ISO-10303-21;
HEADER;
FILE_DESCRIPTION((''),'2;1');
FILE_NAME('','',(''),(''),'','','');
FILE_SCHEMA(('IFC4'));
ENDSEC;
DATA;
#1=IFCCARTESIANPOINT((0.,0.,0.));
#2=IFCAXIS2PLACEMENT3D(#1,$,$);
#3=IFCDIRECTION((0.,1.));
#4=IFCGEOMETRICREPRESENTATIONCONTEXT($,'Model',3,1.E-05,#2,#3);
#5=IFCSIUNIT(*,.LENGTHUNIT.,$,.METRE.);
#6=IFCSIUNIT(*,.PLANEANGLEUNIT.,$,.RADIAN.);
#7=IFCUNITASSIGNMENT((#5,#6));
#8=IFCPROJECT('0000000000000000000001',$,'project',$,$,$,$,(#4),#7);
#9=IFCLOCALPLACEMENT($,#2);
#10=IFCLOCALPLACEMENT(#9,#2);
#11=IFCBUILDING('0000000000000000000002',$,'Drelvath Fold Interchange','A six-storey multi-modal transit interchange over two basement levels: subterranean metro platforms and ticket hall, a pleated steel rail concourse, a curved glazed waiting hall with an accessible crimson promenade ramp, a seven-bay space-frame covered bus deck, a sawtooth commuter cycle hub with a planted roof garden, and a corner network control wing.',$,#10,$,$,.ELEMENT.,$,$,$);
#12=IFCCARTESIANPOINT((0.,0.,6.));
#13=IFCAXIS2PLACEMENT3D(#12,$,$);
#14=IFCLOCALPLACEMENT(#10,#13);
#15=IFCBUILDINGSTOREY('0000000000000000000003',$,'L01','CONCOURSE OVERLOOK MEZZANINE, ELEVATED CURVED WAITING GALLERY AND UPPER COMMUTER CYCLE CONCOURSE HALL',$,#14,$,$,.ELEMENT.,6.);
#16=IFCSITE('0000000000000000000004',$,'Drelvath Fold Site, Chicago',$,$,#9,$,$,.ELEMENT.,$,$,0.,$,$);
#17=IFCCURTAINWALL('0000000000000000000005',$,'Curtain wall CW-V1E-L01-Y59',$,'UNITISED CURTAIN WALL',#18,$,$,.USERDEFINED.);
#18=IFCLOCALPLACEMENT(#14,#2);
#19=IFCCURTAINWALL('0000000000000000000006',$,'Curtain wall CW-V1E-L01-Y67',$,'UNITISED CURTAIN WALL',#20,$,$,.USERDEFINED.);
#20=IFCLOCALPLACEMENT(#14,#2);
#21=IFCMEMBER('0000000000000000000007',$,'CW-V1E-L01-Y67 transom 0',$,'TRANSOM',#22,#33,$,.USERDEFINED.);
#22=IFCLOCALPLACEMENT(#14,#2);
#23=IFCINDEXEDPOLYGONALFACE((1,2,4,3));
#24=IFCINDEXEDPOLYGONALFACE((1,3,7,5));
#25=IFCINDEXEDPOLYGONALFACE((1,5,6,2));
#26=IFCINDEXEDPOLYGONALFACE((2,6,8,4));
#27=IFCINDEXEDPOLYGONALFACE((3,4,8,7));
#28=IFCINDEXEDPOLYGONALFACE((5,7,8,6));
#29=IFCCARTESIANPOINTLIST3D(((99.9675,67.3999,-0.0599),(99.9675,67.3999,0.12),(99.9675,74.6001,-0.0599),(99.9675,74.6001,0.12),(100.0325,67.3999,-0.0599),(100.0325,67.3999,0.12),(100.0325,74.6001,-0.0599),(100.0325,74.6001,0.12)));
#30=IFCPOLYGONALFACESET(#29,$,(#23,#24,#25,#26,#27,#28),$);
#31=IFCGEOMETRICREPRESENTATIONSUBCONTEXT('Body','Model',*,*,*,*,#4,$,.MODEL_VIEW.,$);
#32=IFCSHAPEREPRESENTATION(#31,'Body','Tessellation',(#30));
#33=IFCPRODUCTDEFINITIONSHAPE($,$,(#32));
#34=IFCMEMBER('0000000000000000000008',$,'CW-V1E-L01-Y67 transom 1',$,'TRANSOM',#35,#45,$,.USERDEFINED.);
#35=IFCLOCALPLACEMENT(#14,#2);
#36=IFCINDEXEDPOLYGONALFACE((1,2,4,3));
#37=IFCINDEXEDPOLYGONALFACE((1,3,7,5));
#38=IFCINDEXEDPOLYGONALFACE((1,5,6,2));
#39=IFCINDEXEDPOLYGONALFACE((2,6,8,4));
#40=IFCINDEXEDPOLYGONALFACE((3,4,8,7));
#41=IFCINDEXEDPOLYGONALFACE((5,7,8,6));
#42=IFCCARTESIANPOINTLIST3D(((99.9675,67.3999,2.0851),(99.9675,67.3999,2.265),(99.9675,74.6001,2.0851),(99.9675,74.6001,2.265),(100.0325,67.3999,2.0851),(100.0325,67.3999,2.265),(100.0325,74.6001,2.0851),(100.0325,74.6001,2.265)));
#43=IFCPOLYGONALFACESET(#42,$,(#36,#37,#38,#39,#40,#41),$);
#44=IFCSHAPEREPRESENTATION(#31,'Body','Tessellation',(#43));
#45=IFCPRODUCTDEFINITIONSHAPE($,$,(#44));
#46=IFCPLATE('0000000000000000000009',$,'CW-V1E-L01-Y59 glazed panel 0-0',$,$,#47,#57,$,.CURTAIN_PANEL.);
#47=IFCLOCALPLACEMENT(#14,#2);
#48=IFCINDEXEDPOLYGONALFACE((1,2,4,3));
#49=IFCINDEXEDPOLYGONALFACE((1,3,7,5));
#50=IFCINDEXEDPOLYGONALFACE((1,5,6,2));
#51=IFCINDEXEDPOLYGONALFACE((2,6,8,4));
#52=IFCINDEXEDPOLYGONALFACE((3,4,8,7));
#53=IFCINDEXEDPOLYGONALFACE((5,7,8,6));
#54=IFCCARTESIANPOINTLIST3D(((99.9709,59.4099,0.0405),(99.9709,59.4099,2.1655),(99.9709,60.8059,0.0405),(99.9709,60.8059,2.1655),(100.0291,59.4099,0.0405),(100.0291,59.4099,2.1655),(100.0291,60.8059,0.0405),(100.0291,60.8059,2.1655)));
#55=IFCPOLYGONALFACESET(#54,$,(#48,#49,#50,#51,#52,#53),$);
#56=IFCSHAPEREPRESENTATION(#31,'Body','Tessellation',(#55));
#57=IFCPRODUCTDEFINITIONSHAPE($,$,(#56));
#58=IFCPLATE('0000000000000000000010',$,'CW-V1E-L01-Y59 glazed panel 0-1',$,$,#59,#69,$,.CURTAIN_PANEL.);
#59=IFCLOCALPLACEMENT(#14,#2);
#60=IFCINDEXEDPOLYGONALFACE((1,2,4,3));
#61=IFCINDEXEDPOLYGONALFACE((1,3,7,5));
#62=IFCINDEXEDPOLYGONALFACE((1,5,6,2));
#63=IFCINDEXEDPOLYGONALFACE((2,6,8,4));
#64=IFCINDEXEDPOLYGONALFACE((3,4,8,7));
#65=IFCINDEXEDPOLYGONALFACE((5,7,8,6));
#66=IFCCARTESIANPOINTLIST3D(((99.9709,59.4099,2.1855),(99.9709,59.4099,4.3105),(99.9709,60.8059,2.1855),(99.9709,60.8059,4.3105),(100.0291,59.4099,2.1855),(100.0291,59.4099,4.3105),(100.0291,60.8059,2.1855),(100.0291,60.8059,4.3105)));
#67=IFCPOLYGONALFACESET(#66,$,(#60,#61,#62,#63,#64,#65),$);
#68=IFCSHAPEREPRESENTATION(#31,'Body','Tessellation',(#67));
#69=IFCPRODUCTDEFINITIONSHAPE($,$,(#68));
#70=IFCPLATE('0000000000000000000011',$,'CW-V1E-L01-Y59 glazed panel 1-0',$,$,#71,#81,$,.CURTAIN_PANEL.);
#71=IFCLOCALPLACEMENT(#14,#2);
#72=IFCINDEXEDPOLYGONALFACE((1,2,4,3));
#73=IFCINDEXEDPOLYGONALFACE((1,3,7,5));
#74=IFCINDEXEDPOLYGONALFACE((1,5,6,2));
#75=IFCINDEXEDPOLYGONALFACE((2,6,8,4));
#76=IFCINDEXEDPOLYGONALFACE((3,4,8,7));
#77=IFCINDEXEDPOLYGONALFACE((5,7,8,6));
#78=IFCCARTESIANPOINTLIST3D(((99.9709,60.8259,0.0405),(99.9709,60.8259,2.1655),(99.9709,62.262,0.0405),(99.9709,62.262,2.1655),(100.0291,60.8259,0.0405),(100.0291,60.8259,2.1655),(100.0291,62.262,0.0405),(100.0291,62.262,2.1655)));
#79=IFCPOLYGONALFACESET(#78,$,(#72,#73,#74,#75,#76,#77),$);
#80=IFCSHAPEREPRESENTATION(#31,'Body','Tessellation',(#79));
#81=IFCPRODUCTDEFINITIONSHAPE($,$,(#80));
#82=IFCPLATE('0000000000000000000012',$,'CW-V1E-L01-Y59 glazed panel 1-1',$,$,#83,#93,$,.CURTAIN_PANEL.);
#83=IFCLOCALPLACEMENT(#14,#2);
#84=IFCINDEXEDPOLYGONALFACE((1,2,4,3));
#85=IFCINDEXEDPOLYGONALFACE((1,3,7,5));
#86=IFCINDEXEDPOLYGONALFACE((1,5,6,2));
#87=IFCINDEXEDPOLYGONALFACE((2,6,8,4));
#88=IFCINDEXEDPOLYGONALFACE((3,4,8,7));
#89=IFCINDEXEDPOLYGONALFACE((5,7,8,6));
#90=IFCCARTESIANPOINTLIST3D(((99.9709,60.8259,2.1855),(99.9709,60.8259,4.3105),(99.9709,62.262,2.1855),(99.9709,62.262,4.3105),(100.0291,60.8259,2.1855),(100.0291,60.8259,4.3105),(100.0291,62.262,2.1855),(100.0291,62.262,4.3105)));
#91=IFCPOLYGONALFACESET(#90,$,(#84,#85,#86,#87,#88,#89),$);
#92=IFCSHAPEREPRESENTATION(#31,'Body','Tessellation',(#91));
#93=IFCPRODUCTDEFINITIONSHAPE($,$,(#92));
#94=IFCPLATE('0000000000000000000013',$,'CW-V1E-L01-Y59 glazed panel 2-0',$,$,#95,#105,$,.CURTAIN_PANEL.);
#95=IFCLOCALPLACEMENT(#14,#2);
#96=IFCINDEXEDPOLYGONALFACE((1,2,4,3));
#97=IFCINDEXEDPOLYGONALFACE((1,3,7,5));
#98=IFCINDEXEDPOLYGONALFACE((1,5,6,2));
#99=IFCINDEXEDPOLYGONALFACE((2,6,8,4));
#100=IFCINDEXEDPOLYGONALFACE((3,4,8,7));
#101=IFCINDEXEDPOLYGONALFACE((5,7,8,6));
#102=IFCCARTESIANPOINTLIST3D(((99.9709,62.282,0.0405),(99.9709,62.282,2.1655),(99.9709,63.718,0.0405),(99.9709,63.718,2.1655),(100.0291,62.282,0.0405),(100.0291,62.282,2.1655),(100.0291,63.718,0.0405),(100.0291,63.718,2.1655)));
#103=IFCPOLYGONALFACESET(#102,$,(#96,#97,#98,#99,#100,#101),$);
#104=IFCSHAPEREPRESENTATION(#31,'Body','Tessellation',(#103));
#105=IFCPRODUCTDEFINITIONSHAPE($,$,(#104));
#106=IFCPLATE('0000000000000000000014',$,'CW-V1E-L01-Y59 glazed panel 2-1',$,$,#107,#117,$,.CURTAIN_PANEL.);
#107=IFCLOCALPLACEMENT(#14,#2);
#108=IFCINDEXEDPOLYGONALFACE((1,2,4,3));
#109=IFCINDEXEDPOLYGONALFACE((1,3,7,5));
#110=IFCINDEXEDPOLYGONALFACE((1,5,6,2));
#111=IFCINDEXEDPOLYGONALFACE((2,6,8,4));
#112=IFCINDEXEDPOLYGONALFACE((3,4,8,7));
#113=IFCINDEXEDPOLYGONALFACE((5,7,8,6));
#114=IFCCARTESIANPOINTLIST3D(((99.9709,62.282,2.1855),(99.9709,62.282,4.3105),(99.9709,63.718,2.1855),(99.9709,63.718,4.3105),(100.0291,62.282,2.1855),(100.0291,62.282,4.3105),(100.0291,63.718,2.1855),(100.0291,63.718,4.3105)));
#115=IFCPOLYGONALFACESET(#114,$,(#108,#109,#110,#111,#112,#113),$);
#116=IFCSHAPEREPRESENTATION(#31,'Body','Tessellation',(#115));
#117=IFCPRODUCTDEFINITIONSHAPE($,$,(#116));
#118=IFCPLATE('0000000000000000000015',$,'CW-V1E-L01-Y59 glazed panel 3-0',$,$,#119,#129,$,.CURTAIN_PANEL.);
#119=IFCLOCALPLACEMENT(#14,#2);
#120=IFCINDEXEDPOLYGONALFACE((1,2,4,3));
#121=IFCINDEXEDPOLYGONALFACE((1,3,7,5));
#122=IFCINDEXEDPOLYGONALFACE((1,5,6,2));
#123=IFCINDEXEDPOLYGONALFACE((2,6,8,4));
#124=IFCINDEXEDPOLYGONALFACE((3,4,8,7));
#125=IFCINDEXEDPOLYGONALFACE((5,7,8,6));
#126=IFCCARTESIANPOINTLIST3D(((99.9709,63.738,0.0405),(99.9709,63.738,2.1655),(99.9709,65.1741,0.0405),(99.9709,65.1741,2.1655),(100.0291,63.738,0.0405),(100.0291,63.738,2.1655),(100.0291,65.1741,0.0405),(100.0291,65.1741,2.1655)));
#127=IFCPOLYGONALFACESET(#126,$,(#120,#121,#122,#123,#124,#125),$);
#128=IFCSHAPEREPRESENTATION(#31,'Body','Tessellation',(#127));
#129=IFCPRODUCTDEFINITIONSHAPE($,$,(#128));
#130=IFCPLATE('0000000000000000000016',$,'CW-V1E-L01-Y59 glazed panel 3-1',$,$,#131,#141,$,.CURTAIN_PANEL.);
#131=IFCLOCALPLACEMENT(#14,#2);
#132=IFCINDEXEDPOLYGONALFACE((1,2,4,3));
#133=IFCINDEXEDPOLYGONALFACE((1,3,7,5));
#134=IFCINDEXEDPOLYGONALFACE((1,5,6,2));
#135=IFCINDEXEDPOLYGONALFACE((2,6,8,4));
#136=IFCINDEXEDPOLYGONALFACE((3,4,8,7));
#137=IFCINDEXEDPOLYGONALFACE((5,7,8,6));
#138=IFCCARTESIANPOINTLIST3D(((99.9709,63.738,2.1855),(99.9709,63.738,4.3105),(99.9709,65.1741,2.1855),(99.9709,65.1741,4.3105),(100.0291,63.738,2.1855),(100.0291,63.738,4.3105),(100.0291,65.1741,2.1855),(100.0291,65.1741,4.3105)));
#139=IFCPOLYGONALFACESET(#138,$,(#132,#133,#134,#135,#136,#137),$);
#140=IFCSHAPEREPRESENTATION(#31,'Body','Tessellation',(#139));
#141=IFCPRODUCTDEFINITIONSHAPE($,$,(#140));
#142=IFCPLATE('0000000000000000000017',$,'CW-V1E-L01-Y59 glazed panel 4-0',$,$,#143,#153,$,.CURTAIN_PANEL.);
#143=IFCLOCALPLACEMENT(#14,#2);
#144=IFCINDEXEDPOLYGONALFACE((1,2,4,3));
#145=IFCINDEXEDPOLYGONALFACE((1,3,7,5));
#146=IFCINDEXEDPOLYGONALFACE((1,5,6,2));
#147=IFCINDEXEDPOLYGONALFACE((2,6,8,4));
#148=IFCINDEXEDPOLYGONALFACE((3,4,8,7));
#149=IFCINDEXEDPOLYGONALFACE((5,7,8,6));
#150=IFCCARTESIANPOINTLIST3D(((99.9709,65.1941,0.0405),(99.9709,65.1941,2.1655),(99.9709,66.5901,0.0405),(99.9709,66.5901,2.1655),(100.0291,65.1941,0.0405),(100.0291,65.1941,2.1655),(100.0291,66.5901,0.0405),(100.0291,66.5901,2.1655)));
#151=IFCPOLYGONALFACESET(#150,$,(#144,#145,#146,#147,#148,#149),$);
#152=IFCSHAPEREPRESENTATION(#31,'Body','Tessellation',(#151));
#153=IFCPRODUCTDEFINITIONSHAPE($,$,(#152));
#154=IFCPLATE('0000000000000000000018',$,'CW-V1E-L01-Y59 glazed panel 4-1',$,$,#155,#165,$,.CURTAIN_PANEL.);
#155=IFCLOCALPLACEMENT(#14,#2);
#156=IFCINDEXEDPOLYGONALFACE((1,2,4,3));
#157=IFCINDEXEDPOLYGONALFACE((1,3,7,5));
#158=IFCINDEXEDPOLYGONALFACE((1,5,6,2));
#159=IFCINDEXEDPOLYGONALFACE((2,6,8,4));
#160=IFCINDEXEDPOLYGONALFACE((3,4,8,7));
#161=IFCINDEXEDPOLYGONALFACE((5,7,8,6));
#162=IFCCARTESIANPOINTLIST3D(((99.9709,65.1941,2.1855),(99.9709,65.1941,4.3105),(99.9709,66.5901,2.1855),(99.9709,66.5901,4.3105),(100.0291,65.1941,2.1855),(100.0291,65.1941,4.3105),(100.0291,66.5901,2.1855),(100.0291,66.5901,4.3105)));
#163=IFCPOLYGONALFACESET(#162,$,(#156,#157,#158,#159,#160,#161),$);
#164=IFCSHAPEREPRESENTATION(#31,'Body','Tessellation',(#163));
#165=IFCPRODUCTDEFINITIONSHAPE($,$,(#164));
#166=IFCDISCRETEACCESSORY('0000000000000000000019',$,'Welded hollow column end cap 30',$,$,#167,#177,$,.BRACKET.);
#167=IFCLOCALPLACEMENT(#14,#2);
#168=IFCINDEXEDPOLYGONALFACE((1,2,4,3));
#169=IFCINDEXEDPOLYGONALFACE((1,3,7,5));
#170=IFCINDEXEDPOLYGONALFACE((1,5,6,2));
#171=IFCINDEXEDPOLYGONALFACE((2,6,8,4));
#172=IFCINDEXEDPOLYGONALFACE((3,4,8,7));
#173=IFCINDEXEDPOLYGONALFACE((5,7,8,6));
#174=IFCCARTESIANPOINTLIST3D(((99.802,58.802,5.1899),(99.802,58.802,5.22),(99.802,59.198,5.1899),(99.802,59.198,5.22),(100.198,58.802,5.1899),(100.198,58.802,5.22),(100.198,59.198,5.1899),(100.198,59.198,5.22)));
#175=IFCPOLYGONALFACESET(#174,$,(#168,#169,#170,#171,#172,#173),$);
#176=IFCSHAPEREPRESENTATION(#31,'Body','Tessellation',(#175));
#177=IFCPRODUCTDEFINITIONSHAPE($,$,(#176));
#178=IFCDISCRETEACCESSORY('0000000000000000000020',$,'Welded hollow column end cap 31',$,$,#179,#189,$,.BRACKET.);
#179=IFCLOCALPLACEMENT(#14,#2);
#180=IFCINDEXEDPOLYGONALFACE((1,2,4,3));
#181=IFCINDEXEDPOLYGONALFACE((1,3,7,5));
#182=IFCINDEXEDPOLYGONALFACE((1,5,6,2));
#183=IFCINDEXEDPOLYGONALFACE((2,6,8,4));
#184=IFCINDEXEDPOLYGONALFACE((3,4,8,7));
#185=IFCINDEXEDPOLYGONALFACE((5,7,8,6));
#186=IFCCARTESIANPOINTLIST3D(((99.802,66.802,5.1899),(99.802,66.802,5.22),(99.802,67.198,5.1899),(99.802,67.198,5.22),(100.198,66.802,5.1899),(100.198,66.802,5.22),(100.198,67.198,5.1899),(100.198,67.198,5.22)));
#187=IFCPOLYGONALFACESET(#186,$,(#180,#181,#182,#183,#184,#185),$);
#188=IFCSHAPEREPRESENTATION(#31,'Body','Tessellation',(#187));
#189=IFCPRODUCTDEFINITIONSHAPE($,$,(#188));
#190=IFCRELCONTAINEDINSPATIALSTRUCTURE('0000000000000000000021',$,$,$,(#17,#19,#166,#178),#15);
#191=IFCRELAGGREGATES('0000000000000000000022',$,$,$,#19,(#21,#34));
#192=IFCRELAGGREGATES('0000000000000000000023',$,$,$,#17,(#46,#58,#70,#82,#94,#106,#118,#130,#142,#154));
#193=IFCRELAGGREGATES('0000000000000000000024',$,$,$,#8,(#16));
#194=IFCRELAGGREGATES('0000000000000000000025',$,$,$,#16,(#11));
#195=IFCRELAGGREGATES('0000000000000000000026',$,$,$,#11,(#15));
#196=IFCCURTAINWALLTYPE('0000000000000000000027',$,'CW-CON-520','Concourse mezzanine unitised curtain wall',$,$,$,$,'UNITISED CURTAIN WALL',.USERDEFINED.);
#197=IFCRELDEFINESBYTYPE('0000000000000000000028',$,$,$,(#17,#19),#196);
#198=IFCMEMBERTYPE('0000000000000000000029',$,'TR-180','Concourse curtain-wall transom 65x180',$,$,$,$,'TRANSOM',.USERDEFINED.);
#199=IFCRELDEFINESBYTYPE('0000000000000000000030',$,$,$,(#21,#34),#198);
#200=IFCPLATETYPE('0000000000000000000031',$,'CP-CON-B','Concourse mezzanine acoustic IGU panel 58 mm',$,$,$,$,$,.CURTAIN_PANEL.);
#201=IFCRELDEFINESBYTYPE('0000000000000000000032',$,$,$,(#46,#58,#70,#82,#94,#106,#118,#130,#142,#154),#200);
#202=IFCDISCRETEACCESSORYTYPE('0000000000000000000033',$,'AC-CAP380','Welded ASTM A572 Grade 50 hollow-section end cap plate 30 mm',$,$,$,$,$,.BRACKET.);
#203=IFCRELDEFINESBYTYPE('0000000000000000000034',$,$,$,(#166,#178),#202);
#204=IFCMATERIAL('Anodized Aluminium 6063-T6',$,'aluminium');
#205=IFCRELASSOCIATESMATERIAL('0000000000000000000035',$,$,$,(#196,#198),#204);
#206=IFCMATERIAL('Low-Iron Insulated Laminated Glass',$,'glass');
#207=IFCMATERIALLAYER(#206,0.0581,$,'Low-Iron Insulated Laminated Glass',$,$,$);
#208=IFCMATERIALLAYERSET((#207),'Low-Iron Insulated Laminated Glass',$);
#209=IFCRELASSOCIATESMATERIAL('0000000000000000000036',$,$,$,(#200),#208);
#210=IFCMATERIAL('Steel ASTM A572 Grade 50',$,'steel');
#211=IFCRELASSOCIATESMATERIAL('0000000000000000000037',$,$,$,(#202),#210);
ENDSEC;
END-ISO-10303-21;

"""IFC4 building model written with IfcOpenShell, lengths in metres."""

from ifc_helpers import new_model, si_unit, direction, frame, origin, origin_2d, place, context, subcontext, project, spatial, rectangle, extrude, material, layer, layer_set, material_profile, profile_set, type_object, element, aggregate, save


model = new_model("IFC4")

# Units and contexts
model_context = context("Model", 3, precision=1e-05, world=origin(), true_north=direction((0.0, 1.0)))
body_context = subcontext(model_context, "Body", "Model", "MODEL_VIEW")
ifc_project = project(units=[si_unit("LENGTHUNIT", "METRE"), si_unit("PLANEANGLEUNIT", "RADIAN")], contexts=[model_context])

# Site, building, storey
site_placement = place(None, origin())
site = spatial("IfcSite", under=ifc_project, at=site_placement, Name="Drelvath Fold Site, Chicago", CompositionType="ELEMENT", RefElevation=0.0)
building_placement = place(site_placement, origin())
building = spatial("IfcBuilding", under=site, at=building_placement, Name="Drelvath Fold Interchange", Description="A six-storey multi-modal transit interchange over two basement levels: subterranean metro platforms and ticket hall, a pleated steel rail concourse, a curved glazed waiting hall with an accessible crimson promenade ramp, a seven-bay space-frame covered bus deck, a sawtooth commuter cycle hub with a planted roof garden, and a corner network control wing.", CompositionType="ELEMENT")
storey_placement = place(building_placement, frame((0.0, 0.0, 6.0)))
storey = spatial("IfcBuildingStorey", under=building, at=storey_placement, Name="L01", Description="CONCOURSE OVERLOOK MEZZANINE, ELEVATED CURVED WAITING GALLERY AND UPPER COMMUTER CYCLE CONCOURSE HALL", CompositionType="ELEMENT", Elevation=6.0)

# Curtain wall
ifc_material_1 = material(Name="Anodized Aluminium 6063-T6", Category="aluminium")
curtain_wall_type = type_object("IfcCurtainWallType", Name="CW-CON-520", Description="Concourse mezzanine unitised curtain wall", ElementType="UNITISED CURTAIN WALL", PredefinedType="USERDEFINED", material=ifc_material_1)
curtain_wall_1_placement = place(storey_placement, origin())
curtain_wall_1 = element("IfcCurtainWall", 1, at=curtain_wall_1_placement, inside=storey, type_object=curtain_wall_type, Name="Curtain wall CW-V1E-L01-Y59", ObjectType="UNITISED CURTAIN WALL", PredefinedType="USERDEFINED")

# Curtain wall
curtain_wall_2_placement = place(storey_placement, origin())
curtain_wall_2 = element("IfcCurtainWall", 2, at=curtain_wall_2_placement, inside=storey, type_object=curtain_wall_type, Name="Curtain wall CW-V1E-L01-Y67", ObjectType="UNITISED CURTAIN WALL", PredefinedType="USERDEFINED")

# Members
ifc_material_profile_1 = material_profile(ifc_material_1, rectangle(XDim=0.0649, YDim=0.1799, at=origin_2d()), Name="AL-T 65x180")
ifc_profile_set_1 = profile_set([ifc_material_profile_1], Name="Anodized Aluminium 6063-T6")
member_type_1 = type_object("IfcMemberType", Name="TR-180", Description="Concourse curtain-wall transom 65x180", ElementType="TRANSOM", PredefinedType="USERDEFINED", material=ifc_profile_set_1)
member_1_placement = place(storey_placement, frame((100.0, 67.3999, 0.03), z_axis=(0.0, 1.0, 0.0), x_axis=(-1.0, 0.0, 0.0)))
member_1 = element("IfcMember", 3, at=member_1_placement, type_object=member_type_1, Name="CW-V1E-L01-Y67 transom 0", ObjectType="TRANSOM", PredefinedType="USERDEFINED", context=body_context, shape_type="SweptSolid", body=[
    extrude(rectangle(XDim=0.0649, YDim=0.1799, at=origin_2d()), origin(), (0.0, 0.0, 1.0), 7.2002),
])
member_2_placement = place(storey_placement, frame((100.0, 67.3999, 2.175), z_axis=(0.0, 1.0, 0.0), x_axis=(-1.0, 0.0, 0.0)))
member_2 = element("IfcMember", 4, at=member_2_placement, type_object=member_type_1, Name="CW-V1E-L01-Y67 transom 1", ObjectType="TRANSOM", PredefinedType="USERDEFINED", context=body_context, shape_type="SweptSolid", body=[
    extrude(rectangle(XDim=0.0649, YDim=0.1799, at=origin_2d()), origin(), (0.0, 0.0, 1.0), 7.2002),
])
aggregate(curtain_wall_2, [member_1, member_2])

# Plates
ifc_material_2 = material(Name="Low-Iron Insulated Laminated Glass", Category="glass")
ifc_layer = layer(ifc_material_2, 0.0581, Name="Low-Iron Insulated Laminated Glass")
ifc_layer_set = layer_set([ifc_layer], Name="Low-Iron Insulated Laminated Glass")
plate_type = type_object("IfcPlateType", Name="CP-CON-B", Description="Concourse mezzanine acoustic IGU panel 58 mm", PredefinedType="CURTAIN_PANEL", material=ifc_layer_set)
plate_1_placement = place(storey_placement, frame((100.0, 60.1079, 0.0405), z_axis=(0.0, 0.0, 1.0), x_axis=(0.0, 1.0, 0.0)))
plate_1 = element("IfcPlate", 5, at=plate_1_placement, type_object=plate_type, Name="CW-V1E-L01-Y59 glazed panel 0-0", PredefinedType="CURTAIN_PANEL", context=body_context, shape_type="SweptSolid", body=[
    extrude(rectangle(XDim=1.396, YDim=0.0581, at=origin_2d()), origin(), (0.0, 0.0, 1.0), 2.125),
])
plate_2_placement = place(storey_placement, frame((100.0, 60.1079, 2.1855), z_axis=(0.0, 0.0, 1.0), x_axis=(0.0, 1.0, 0.0)))
plate_2 = element("IfcPlate", 6, at=plate_2_placement, type_object=plate_type, Name="CW-V1E-L01-Y59 glazed panel 0-1", PredefinedType="CURTAIN_PANEL", context=body_context, shape_type="SweptSolid", body=[
    extrude(rectangle(XDim=1.396, YDim=0.0581, at=origin_2d()), origin(), (0.0, 0.0, 1.0), 2.125),
])
plate_3_placement = place(storey_placement, frame((100.0, 61.5439, 0.0405), z_axis=(0.0, 0.0, 1.0), x_axis=(0.0, 1.0, 0.0)))
plate_3 = element("IfcPlate", 7, at=plate_3_placement, type_object=plate_type, Name="CW-V1E-L01-Y59 glazed panel 1-0", PredefinedType="CURTAIN_PANEL", context=body_context, shape_type="SweptSolid", body=[
    extrude(rectangle(XDim=1.436, YDim=0.0581, at=origin_2d()), origin(), (0.0, 0.0, 1.0), 2.125),
])
plate_4_placement = place(storey_placement, frame((100.0, 61.5439, 2.1855), z_axis=(0.0, 0.0, 1.0), x_axis=(0.0, 1.0, 0.0)))
plate_4 = element("IfcPlate", 8, at=plate_4_placement, type_object=plate_type, Name="CW-V1E-L01-Y59 glazed panel 1-1", PredefinedType="CURTAIN_PANEL", context=body_context, shape_type="SweptSolid", body=[
    extrude(rectangle(XDim=1.436, YDim=0.0581, at=origin_2d()), origin(), (0.0, 0.0, 1.0), 2.125),
])
plate_5_placement = place(storey_placement, frame((100.0, 63.0, 0.0405), z_axis=(0.0, 0.0, 1.0), x_axis=(0.0, 1.0, 0.0)))
plate_5 = element("IfcPlate", 9, at=plate_5_placement, type_object=plate_type, Name="CW-V1E-L01-Y59 glazed panel 2-0", PredefinedType="CURTAIN_PANEL", context=body_context, shape_type="SweptSolid", body=[
    extrude(rectangle(XDim=1.436, YDim=0.0581, at=origin_2d()), origin(), (0.0, 0.0, 1.0), 2.125),
])
plate_6_placement = place(storey_placement, frame((100.0, 63.0, 2.1855), z_axis=(0.0, 0.0, 1.0), x_axis=(0.0, 1.0, 0.0)))
plate_6 = element("IfcPlate", 10, at=plate_6_placement, type_object=plate_type, Name="CW-V1E-L01-Y59 glazed panel 2-1", PredefinedType="CURTAIN_PANEL", context=body_context, shape_type="SweptSolid", body=[
    extrude(rectangle(XDim=1.436, YDim=0.0581, at=origin_2d()), origin(), (0.0, 0.0, 1.0), 2.125),
])
plate_7_placement = place(storey_placement, frame((100.0, 64.4561, 0.0405), z_axis=(0.0, 0.0, 1.0), x_axis=(0.0, 1.0, 0.0)))
plate_7 = element("IfcPlate", 11, at=plate_7_placement, type_object=plate_type, Name="CW-V1E-L01-Y59 glazed panel 3-0", PredefinedType="CURTAIN_PANEL", context=body_context, shape_type="SweptSolid", body=[
    extrude(rectangle(XDim=1.436, YDim=0.0581, at=origin_2d()), origin(), (0.0, 0.0, 1.0), 2.125),
])
plate_8_placement = place(storey_placement, frame((100.0, 64.4561, 2.1855), z_axis=(0.0, 0.0, 1.0), x_axis=(0.0, 1.0, 0.0)))
plate_8 = element("IfcPlate", 12, at=plate_8_placement, type_object=plate_type, Name="CW-V1E-L01-Y59 glazed panel 3-1", PredefinedType="CURTAIN_PANEL", context=body_context, shape_type="SweptSolid", body=[
    extrude(rectangle(XDim=1.436, YDim=0.0581, at=origin_2d()), origin(), (0.0, 0.0, 1.0), 2.125),
])
plate_9_placement = place(storey_placement, frame((100.0, 65.8921, 0.0405), z_axis=(0.0, 0.0, 1.0), x_axis=(0.0, 1.0, 0.0)))
plate_9 = element("IfcPlate", 13, at=plate_9_placement, type_object=plate_type, Name="CW-V1E-L01-Y59 glazed panel 4-0", PredefinedType="CURTAIN_PANEL", context=body_context, shape_type="SweptSolid", body=[
    extrude(rectangle(XDim=1.396, YDim=0.0581, at=origin_2d()), origin(), (0.0, 0.0, 1.0), 2.125),
])
plate_10_placement = place(storey_placement, frame((100.0, 65.8921, 2.1855), z_axis=(0.0, 0.0, 1.0), x_axis=(0.0, 1.0, 0.0)))
plate_10 = element("IfcPlate", 14, at=plate_10_placement, type_object=plate_type, Name="CW-V1E-L01-Y59 glazed panel 4-1", PredefinedType="CURTAIN_PANEL", context=body_context, shape_type="SweptSolid", body=[
    extrude(rectangle(XDim=1.396, YDim=0.0581, at=origin_2d()), origin(), (0.0, 0.0, 1.0), 2.125),
])
aggregate(curtain_wall_1, [plate_1, plate_2, plate_3, plate_4, plate_5, plate_6, plate_7, plate_8, plate_9, plate_10])

# Discrete accessories
ifc_material_3 = material(Name="Steel ASTM A572 Grade 50", Category="steel")
discrete_accessory_type = type_object("IfcDiscreteAccessoryType", Name="AC-CAP380", Description="Welded ASTM A572 Grade 50 hollow-section end cap plate 30 mm", PredefinedType="BRACKET", material=ifc_material_3)
for number, where, z_axis, x_axis, name in (
    (15, (100.0, 59.0, 5.1899), (0.0, 0.0, 1.0), (1.0, 0.0, 0.0), "Welded hollow column end cap 30"),
    (16, (100.0, 67.0, 5.1899), (0.0, 0.0, 1.0), (1.0, 0.0, 0.0), "Welded hollow column end cap 31"),
):
    element("IfcDiscreteAccessory", number, at=place(storey_placement, frame(where, z_axis=z_axis, x_axis=x_axis)), inside=storey, type_object=discrete_accessory_type, Name=name, PredefinedType="BRACKET", context=body_context, shape_type="SweptSolid", body=[
        extrude(rectangle(XDim=0.396, YDim=0.396, at=origin_2d()), origin(), (0.0, 0.0, 1.0), 0.03),
    ])

save(model, "model.ifc")
